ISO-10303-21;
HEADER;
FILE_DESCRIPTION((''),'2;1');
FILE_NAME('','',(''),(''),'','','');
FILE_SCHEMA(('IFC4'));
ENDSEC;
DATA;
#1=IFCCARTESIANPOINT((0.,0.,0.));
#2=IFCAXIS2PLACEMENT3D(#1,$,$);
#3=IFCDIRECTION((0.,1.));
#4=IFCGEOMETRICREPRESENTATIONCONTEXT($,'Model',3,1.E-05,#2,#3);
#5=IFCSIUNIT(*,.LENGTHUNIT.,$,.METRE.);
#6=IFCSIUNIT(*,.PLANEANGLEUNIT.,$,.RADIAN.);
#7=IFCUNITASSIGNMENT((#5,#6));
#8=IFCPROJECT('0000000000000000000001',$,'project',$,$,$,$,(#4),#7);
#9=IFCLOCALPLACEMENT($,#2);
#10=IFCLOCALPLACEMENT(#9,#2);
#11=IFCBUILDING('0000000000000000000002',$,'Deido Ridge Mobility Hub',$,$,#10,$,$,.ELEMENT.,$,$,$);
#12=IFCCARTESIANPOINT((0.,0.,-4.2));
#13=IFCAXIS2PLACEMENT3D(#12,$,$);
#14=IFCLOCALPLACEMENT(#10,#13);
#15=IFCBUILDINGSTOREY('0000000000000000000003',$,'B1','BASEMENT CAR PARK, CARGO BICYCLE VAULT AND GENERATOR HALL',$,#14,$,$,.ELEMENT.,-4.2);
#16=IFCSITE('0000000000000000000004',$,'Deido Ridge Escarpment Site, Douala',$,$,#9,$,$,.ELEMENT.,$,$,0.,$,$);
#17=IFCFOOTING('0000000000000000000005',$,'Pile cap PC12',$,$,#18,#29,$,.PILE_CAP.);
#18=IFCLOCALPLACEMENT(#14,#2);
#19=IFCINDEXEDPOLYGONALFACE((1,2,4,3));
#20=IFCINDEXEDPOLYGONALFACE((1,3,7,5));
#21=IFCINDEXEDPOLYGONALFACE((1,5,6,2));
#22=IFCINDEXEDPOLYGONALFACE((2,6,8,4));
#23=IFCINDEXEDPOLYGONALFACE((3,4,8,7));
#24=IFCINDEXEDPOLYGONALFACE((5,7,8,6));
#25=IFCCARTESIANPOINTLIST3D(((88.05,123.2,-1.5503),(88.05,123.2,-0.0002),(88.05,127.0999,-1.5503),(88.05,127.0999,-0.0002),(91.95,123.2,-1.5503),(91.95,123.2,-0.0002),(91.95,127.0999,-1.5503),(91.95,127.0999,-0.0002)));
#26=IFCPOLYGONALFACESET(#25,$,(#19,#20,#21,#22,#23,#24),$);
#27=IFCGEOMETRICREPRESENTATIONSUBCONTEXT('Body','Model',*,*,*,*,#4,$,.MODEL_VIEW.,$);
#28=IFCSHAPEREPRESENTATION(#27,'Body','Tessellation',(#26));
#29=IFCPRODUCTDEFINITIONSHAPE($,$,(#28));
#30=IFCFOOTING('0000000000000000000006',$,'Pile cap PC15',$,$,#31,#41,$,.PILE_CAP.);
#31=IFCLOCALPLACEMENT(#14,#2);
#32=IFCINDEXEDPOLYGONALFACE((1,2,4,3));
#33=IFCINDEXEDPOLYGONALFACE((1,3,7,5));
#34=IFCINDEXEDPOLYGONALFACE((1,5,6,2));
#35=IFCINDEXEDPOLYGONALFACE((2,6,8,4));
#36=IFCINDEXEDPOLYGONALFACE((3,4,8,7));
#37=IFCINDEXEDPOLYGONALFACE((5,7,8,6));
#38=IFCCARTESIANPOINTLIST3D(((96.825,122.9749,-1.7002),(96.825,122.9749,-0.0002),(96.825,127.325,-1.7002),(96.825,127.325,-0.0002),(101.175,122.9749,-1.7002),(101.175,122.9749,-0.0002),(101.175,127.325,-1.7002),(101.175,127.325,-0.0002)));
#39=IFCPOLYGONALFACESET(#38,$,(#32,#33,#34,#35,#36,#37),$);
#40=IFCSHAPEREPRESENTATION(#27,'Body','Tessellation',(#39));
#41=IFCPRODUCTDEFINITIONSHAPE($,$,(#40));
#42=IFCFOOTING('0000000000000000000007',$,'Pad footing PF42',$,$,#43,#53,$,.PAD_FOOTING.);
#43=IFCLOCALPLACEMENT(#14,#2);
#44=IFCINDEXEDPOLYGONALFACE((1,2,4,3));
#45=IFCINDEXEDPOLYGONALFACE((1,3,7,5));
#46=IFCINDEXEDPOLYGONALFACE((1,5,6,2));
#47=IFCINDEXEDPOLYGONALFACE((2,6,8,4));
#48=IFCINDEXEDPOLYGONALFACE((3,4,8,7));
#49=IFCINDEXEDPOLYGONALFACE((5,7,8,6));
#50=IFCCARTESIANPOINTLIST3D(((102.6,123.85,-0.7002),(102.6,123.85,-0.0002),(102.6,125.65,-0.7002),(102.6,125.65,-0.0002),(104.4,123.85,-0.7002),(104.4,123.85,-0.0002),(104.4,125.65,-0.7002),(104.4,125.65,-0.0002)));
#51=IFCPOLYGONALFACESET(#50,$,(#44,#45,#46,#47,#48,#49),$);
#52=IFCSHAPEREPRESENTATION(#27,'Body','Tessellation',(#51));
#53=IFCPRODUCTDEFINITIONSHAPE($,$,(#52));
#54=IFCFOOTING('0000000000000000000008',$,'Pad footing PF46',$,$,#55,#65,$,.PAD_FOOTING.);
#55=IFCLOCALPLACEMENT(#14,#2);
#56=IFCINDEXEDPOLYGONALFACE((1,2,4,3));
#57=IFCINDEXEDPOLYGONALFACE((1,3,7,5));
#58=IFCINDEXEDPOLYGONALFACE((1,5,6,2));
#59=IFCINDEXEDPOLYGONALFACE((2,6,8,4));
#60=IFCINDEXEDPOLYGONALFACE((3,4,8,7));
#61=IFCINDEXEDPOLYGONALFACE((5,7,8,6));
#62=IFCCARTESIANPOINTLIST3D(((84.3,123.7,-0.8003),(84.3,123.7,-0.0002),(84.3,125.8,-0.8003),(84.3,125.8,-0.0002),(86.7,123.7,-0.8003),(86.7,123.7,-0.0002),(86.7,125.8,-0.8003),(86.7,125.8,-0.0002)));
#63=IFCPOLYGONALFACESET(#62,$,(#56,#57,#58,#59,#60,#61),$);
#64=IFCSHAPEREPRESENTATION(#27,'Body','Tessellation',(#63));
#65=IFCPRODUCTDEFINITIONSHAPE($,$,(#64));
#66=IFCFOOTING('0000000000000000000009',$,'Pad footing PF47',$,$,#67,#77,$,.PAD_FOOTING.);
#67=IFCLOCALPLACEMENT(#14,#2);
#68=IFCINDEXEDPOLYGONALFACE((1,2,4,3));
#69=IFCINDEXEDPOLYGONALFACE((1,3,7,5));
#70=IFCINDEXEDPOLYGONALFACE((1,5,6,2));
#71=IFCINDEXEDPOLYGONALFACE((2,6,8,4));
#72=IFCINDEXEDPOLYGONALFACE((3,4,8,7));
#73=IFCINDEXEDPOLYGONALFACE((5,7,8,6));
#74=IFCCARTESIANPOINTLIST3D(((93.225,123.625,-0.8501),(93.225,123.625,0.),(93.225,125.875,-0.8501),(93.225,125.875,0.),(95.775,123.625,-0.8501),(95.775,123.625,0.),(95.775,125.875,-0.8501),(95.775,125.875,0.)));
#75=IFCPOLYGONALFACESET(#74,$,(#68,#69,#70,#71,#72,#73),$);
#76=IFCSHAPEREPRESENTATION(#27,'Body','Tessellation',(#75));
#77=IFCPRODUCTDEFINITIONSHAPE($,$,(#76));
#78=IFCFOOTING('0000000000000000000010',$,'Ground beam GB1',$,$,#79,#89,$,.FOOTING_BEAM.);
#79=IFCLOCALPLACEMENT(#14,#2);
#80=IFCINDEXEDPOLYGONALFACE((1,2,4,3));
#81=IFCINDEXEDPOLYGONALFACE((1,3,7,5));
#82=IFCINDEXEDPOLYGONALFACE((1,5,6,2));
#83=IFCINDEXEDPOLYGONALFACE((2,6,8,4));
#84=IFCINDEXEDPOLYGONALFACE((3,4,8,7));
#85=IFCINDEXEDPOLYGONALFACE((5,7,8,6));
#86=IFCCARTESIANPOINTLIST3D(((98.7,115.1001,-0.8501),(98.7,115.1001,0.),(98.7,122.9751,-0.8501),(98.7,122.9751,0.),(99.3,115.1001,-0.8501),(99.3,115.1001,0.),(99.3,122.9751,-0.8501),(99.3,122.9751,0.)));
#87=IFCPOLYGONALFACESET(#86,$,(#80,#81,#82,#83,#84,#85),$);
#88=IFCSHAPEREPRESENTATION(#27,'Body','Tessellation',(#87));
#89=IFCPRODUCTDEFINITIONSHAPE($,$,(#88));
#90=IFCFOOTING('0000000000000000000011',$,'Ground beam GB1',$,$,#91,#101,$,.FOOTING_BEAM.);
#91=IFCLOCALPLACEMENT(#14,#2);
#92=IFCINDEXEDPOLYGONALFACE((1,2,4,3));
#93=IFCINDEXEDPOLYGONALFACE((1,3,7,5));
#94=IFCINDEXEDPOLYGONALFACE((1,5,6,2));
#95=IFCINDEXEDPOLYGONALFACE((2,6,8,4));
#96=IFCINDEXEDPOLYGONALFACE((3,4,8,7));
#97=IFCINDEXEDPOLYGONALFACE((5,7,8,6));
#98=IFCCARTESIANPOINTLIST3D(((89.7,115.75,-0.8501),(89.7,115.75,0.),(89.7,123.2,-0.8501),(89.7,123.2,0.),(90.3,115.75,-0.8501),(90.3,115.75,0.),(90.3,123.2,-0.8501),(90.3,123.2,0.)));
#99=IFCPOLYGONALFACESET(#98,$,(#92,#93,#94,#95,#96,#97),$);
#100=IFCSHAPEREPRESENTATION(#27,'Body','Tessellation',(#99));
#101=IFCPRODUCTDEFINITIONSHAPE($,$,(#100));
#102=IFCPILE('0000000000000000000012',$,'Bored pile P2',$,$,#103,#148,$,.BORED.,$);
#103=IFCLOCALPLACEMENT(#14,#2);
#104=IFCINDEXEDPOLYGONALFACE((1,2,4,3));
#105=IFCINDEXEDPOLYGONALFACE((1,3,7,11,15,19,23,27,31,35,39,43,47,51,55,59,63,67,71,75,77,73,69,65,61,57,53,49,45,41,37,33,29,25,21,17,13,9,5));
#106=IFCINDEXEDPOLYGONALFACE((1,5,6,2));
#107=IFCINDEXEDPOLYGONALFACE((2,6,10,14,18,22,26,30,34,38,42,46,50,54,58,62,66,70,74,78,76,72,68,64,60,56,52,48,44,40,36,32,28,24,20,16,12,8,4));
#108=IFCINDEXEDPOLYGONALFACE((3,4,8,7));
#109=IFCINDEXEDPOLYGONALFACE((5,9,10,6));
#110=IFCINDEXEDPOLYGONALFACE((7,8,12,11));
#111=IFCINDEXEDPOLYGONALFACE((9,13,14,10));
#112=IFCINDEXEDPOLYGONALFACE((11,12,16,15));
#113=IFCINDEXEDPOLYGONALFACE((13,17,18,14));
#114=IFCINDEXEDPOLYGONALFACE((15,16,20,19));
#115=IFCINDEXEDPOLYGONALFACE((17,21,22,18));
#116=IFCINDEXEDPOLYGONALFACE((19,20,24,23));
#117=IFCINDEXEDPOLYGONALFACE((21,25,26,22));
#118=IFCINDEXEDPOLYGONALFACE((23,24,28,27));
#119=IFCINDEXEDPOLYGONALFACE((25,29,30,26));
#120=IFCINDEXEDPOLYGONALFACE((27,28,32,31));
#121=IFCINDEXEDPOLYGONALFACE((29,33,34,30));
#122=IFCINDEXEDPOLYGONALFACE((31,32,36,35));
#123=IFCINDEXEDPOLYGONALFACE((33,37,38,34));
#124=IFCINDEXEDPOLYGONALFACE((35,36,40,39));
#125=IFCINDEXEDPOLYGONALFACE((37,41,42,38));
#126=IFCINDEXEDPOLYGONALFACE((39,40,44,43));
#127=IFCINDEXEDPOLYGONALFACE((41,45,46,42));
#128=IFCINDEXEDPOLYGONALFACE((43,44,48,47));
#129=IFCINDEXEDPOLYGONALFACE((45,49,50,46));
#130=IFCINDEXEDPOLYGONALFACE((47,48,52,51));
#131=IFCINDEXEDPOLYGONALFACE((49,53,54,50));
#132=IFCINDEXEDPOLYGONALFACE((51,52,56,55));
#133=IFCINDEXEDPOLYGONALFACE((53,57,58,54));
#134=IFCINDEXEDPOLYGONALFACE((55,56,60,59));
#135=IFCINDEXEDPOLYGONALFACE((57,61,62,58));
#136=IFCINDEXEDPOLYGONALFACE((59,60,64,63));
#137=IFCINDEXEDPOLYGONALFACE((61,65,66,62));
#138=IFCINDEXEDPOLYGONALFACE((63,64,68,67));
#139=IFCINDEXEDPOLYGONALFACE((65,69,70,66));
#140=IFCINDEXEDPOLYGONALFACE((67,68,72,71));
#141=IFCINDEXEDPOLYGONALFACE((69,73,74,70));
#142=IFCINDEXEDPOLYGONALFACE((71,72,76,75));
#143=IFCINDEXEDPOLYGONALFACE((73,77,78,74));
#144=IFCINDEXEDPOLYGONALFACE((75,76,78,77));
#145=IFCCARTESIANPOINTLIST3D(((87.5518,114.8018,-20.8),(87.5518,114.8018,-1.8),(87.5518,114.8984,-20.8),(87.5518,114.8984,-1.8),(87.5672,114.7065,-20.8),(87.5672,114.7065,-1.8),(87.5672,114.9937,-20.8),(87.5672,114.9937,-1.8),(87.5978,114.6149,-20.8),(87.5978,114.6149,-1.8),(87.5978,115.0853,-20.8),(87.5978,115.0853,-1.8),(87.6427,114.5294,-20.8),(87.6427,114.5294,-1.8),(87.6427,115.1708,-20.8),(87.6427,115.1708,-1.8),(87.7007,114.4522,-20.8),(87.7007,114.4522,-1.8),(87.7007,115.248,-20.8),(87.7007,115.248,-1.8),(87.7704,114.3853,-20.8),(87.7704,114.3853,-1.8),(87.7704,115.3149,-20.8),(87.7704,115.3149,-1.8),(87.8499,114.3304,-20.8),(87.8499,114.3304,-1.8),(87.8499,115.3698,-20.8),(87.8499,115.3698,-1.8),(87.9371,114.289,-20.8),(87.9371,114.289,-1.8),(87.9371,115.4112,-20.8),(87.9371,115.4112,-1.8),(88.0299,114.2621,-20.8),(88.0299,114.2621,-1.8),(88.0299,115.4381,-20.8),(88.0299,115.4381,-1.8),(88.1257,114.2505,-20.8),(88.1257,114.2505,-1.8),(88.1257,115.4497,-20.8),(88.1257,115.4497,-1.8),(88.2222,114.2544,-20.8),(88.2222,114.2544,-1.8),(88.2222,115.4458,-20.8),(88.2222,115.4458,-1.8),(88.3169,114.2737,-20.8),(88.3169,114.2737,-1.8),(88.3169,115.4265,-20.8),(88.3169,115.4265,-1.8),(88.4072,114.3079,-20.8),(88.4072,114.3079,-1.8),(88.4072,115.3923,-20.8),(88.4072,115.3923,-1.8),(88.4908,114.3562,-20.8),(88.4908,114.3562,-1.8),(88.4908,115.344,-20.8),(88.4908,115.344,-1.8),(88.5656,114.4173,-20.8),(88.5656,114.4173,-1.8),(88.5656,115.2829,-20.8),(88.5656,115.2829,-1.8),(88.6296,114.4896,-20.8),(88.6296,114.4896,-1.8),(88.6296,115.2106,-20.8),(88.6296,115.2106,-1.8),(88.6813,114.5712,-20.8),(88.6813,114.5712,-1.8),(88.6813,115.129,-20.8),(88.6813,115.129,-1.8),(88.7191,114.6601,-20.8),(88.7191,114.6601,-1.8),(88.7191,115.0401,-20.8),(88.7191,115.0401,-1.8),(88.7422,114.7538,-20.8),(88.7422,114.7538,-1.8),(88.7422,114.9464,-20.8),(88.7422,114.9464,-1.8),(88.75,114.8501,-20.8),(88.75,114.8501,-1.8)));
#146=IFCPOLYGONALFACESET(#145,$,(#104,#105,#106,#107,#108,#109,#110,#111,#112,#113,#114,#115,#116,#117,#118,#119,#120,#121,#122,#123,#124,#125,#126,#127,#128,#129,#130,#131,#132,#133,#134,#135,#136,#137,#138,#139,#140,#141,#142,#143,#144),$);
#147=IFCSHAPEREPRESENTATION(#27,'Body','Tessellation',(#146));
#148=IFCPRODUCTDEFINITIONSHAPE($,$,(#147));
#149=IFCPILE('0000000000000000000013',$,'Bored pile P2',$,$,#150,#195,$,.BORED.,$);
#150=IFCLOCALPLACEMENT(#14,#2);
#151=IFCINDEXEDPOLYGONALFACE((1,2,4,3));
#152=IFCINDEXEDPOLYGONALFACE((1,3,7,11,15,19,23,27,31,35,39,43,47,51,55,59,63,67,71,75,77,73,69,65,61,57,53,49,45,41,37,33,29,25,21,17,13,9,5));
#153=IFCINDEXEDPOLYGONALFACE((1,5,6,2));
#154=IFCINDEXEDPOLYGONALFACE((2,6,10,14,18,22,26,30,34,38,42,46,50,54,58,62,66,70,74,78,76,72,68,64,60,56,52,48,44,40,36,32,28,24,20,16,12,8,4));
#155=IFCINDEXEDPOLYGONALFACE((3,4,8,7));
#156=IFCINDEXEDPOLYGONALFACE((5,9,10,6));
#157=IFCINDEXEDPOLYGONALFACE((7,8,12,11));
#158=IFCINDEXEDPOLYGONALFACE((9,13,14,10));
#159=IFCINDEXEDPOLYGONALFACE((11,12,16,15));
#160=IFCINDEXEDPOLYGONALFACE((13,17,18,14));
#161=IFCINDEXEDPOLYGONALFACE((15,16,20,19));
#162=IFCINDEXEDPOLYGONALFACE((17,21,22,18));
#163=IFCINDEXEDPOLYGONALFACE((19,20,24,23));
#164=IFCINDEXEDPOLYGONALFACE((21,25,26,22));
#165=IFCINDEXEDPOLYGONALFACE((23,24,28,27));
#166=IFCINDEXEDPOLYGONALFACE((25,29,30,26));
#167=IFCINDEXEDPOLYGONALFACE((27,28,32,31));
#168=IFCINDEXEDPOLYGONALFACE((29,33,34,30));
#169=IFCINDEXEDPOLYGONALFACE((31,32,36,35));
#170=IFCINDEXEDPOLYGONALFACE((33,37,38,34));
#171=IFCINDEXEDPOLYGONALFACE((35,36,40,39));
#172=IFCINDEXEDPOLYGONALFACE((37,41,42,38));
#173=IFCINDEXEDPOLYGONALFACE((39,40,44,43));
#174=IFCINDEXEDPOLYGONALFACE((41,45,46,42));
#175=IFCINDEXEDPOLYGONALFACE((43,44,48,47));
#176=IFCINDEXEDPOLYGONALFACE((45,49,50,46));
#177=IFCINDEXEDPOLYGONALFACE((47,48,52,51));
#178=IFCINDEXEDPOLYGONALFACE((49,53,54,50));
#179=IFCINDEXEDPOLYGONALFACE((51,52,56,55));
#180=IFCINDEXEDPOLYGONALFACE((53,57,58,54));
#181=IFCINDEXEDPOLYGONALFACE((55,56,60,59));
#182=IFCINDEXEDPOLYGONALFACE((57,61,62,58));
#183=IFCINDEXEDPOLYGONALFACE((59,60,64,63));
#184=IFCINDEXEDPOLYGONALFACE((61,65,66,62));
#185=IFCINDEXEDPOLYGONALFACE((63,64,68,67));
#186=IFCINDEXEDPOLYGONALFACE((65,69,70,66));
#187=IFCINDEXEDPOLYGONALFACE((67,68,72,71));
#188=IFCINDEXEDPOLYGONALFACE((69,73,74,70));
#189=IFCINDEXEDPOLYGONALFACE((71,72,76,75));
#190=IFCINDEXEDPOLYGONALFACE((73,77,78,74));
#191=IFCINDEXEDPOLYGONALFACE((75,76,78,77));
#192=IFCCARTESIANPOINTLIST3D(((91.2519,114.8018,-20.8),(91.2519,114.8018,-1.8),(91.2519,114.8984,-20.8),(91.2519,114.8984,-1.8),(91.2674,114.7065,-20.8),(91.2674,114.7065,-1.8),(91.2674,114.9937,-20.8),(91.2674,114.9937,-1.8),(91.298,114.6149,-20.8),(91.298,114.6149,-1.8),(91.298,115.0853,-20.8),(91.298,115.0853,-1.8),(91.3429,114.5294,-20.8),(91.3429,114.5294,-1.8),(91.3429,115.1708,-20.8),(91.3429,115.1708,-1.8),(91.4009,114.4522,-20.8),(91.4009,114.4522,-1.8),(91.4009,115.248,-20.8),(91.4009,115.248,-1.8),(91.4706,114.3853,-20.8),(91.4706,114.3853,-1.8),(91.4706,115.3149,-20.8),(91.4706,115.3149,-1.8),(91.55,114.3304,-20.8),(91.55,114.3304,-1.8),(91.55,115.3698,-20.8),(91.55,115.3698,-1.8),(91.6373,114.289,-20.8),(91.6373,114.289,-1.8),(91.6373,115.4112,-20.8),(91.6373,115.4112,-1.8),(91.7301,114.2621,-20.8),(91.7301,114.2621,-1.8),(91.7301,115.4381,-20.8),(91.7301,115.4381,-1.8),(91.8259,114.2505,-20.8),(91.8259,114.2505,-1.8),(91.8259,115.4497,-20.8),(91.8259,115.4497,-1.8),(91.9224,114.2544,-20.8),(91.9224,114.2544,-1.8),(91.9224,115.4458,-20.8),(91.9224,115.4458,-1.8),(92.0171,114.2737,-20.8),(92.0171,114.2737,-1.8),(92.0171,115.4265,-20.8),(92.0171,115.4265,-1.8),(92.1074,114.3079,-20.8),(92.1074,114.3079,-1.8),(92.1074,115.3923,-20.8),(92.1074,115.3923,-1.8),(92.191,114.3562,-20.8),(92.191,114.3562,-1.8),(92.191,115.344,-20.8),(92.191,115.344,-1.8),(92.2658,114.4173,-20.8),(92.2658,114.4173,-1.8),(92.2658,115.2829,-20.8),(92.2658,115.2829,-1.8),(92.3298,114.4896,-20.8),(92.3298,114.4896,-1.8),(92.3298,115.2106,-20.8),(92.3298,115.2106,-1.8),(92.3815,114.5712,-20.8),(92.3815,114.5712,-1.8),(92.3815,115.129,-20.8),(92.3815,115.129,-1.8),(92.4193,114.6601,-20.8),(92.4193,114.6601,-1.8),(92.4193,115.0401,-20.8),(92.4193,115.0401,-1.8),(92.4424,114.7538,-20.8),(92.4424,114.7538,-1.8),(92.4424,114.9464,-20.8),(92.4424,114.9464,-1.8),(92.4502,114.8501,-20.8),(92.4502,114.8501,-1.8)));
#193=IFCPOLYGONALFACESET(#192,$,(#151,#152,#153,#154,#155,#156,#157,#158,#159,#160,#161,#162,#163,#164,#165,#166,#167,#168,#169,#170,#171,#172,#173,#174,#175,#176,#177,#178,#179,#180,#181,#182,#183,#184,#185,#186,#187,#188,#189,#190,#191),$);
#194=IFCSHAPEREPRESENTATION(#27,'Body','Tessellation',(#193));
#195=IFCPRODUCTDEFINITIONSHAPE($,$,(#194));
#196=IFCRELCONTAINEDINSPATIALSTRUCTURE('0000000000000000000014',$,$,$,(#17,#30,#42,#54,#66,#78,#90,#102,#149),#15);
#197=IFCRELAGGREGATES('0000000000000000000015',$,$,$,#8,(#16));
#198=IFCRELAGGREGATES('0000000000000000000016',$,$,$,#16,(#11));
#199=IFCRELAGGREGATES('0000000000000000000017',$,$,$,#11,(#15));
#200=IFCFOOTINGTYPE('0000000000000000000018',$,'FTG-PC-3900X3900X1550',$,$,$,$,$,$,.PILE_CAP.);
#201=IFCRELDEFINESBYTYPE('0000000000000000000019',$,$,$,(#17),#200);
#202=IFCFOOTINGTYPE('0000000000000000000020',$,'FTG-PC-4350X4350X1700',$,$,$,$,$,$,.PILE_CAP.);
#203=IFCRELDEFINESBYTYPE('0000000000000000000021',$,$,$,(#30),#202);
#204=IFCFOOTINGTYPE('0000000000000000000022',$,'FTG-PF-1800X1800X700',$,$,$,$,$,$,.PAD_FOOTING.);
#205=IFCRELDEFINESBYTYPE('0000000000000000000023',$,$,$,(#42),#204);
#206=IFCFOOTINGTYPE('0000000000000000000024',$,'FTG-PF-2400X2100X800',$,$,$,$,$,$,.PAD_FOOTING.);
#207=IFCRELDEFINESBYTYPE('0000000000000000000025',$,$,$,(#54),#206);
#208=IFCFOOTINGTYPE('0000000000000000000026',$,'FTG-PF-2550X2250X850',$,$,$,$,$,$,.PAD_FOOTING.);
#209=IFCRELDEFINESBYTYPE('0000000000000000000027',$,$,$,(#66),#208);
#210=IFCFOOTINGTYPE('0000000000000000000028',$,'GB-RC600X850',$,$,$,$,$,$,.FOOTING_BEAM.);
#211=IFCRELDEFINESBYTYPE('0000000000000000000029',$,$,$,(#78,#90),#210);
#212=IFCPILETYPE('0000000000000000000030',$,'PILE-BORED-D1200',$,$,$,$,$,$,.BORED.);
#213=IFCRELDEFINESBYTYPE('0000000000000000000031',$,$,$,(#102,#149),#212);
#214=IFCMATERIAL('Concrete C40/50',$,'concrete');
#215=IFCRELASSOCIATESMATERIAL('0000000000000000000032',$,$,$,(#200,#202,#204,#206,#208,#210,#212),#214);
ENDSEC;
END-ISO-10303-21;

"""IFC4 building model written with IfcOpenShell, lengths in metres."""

from ifc_helpers import new_model, si_unit, direction, frame, origin, origin_2d, place, context, subcontext, project, spatial, rectangle, circle, extrude, material, material_profile, profile_set, type_object, element, save


model = new_model("IFC4")

# Units and contexts
model_context = context("Model", 3, precision=1e-05, world=origin(), true_north=direction((0.0, 1.0)))
body_context = subcontext(model_context, "Body", "Model", "MODEL_VIEW")
ifc_project = project(units=[si_unit("LENGTHUNIT", "METRE"), si_unit("PLANEANGLEUNIT", "RADIAN")], contexts=[model_context])

# Site, building, storey
site_placement = place(None, origin())
site = spatial("IfcSite", under=ifc_project, at=site_placement, Name="Deido Ridge Escarpment Site, Douala", CompositionType="ELEMENT", RefElevation=0.0)
building_placement = place(site_placement, origin())
building = spatial("IfcBuilding", under=site, at=building_placement, Name="Deido Ridge Mobility Hub", CompositionType="ELEMENT")
storey_placement = place(building_placement, frame((0.0, 0.0, -4.2)))
storey = spatial("IfcBuildingStorey", under=building, at=storey_placement, Name="B1", Description="BASEMENT CAR PARK, CARGO BICYCLE VAULT AND GENERATOR HALL", CompositionType="ELEMENT", Elevation=-4.2)

# Footings
ifc_material_1 = material(Name="Concrete C40/50", Category="concrete")
footing_type_1 = type_object("IfcFootingType", Name="FTG-PC-3900X3900X1550", PredefinedType="PILE_CAP", material=ifc_material_1)
footing_1_placement = place(storey_placement, frame((90.0, 125.1499, -1.5503), z_axis=(0.0, 0.0, 1.0), x_axis=(1.0, 0.0, 0.0)))
element("IfcFooting", 1, at=footing_1_placement, inside=storey, type_object=footing_type_1, Name="Pile cap PC12", PredefinedType="PILE_CAP", context=body_context, shape_type="SweptSolid", body=[
    extrude(rectangle(XDim=3.8999, YDim=3.8999, at=origin_2d()), origin(), (0.0, 0.0, 1.0), 1.55),
])
footing_type_2 = type_object("IfcFootingType", Name="FTG-PC-4350X4350X1700", PredefinedType="PILE_CAP", material=ifc_material_1)
footing_2_placement = place(storey_placement, frame((99.0, 125.1499, -1.7002), z_axis=(0.0, 0.0, 1.0), x_axis=(1.0, 0.0, 0.0)))
element("IfcFooting", 2, at=footing_2_placement, inside=storey, type_object=footing_type_2, Name="Pile cap PC15", PredefinedType="PILE_CAP", context=body_context, shape_type="SweptSolid", body=[
    extrude(rectangle(XDim=4.3501, YDim=4.3501, at=origin_2d()), origin(), (0.0, 0.0, 1.0), 1.7),
])
footing_type_3 = type_object("IfcFootingType", Name="FTG-PF-1800X1800X700", PredefinedType="PAD_FOOTING", material=ifc_material_1)
footing_3_placement = place(storey_placement, frame((103.5, 124.75, -0.7002), z_axis=(0.0, 0.0, 1.0), x_axis=(1.0, 0.0, 0.0)))
element("IfcFooting", 3, at=footing_3_placement, inside=storey, type_object=footing_type_3, Name="Pad footing PF42", PredefinedType="PAD_FOOTING", context=body_context, shape_type="SweptSolid", body=[
    extrude(rectangle(XDim=1.8, YDim=1.8, at=origin_2d()), origin(), (0.0, 0.0, 1.0), 0.7),
])
footing_type_4 = type_object("IfcFootingType", Name="FTG-PF-2400X2100X800", PredefinedType="PAD_FOOTING", material=ifc_material_1)
footing_4_placement = place(storey_placement, frame((85.5, 124.75, -0.8003), z_axis=(0.0, 0.0, 1.0), x_axis=(1.0, 0.0, 0.0)))
element("IfcFooting", 4, at=footing_4_placement, inside=storey, type_object=footing_type_4, Name="Pad footing PF46", PredefinedType="PAD_FOOTING", context=body_context, shape_type="SweptSolid", body=[
    extrude(rectangle(XDim=2.3999, YDim=2.1001, at=origin_2d()), origin(), (0.0, 0.0, 1.0), 0.8),
])
footing_type_5 = type_object("IfcFootingType", Name="FTG-PF-2550X2250X850", PredefinedType="PAD_FOOTING", material=ifc_material_1)
footing_5_placement = place(storey_placement, frame((94.5, 124.75, -0.8501), z_axis=(0.0, 0.0, 1.0), x_axis=(1.0, 0.0, 0.0)))
element("IfcFooting", 5, at=footing_5_placement, inside=storey, type_object=footing_type_5, Name="Pad footing PF47", PredefinedType="PAD_FOOTING", context=body_context, shape_type="SweptSolid", body=[
    extrude(rectangle(XDim=2.55, YDim=2.25, at=origin_2d()), origin(), (0.0, 0.0, 1.0), 0.8501),
])
ifc_material_profile_1 = material_profile(ifc_material_1, rectangle(XDim=0.6001, YDim=0.8501, at=origin_2d()), Name="RC GB 600x850")
ifc_profile_set_1 = profile_set([ifc_material_profile_1], Name="Concrete C40/50")
footing_type_6 = type_object("IfcFootingType", Name="GB-RC600X850", PredefinedType="FOOTING_BEAM", material=ifc_profile_set_1)
footing_6_placement = place(storey_placement, frame((99.0, 115.1001, -0.425), z_axis=(0.0, 1.0, 0.0), x_axis=(-1.0, 0.0, 0.0)))
element("IfcFooting", 6, at=footing_6_placement, inside=storey, type_object=footing_type_6, Name="Ground beam GB1", PredefinedType="FOOTING_BEAM", context=body_context, shape_type="SweptSolid", body=[
    extrude(rectangle(XDim=0.6001, YDim=0.8501, at=origin_2d()), origin(), (0.0, 0.0, 1.0), 7.875),
])
footing_7_placement = place(storey_placement, frame((90.0, 115.75, -0.425), z_axis=(0.0, 1.0, 0.0), x_axis=(-1.0, 0.0, 0.0)))
element("IfcFooting", 7, at=footing_7_placement, inside=storey, type_object=footing_type_6, Name="Ground beam GB1", PredefinedType="FOOTING_BEAM", context=body_context, shape_type="SweptSolid", body=[
    extrude(rectangle(XDim=0.6001, YDim=0.8501, at=origin_2d()), origin(), (0.0, 0.0, 1.0), 7.45),
])

# Piles
ifc_material_profile_2 = material_profile(ifc_material_1, circle(Radius=0.6001, at=origin_2d()), Name="BORED PILE D1200")
ifc_profile_set_2 = profile_set([ifc_material_profile_2], Name="Concrete C40/50")
pile_type_1 = type_object("IfcPileType", Name="PILE-BORED-D1200", PredefinedType="BORED", material=ifc_profile_set_2)
for number, where, z_axis, x_axis, name in (
    (8, (88.1499, 114.8501, -1.8), (0.0, 0.0, -1.0), (1.0, 0.0, 0.0), "Bored pile P2"),
    (9, (91.8501, 114.8501, -1.8), (0.0, 0.0, -1.0), (1.0, 0.0, 0.0), "Bored pile P2"),
):
    element("IfcPile", number, at=place(storey_placement, frame(where, z_axis=z_axis, x_axis=x_axis)), inside=storey, type_object=pile_type_1, Name=name, PredefinedType="BORED", context=body_context, shape_type="SweptSolid", body=[
        extrude(circle(Radius=0.6001, at=origin_2d()), origin(), (0.0, 0.0, 1.0), 19.0),
    ])

save(model, "model.ifc")
